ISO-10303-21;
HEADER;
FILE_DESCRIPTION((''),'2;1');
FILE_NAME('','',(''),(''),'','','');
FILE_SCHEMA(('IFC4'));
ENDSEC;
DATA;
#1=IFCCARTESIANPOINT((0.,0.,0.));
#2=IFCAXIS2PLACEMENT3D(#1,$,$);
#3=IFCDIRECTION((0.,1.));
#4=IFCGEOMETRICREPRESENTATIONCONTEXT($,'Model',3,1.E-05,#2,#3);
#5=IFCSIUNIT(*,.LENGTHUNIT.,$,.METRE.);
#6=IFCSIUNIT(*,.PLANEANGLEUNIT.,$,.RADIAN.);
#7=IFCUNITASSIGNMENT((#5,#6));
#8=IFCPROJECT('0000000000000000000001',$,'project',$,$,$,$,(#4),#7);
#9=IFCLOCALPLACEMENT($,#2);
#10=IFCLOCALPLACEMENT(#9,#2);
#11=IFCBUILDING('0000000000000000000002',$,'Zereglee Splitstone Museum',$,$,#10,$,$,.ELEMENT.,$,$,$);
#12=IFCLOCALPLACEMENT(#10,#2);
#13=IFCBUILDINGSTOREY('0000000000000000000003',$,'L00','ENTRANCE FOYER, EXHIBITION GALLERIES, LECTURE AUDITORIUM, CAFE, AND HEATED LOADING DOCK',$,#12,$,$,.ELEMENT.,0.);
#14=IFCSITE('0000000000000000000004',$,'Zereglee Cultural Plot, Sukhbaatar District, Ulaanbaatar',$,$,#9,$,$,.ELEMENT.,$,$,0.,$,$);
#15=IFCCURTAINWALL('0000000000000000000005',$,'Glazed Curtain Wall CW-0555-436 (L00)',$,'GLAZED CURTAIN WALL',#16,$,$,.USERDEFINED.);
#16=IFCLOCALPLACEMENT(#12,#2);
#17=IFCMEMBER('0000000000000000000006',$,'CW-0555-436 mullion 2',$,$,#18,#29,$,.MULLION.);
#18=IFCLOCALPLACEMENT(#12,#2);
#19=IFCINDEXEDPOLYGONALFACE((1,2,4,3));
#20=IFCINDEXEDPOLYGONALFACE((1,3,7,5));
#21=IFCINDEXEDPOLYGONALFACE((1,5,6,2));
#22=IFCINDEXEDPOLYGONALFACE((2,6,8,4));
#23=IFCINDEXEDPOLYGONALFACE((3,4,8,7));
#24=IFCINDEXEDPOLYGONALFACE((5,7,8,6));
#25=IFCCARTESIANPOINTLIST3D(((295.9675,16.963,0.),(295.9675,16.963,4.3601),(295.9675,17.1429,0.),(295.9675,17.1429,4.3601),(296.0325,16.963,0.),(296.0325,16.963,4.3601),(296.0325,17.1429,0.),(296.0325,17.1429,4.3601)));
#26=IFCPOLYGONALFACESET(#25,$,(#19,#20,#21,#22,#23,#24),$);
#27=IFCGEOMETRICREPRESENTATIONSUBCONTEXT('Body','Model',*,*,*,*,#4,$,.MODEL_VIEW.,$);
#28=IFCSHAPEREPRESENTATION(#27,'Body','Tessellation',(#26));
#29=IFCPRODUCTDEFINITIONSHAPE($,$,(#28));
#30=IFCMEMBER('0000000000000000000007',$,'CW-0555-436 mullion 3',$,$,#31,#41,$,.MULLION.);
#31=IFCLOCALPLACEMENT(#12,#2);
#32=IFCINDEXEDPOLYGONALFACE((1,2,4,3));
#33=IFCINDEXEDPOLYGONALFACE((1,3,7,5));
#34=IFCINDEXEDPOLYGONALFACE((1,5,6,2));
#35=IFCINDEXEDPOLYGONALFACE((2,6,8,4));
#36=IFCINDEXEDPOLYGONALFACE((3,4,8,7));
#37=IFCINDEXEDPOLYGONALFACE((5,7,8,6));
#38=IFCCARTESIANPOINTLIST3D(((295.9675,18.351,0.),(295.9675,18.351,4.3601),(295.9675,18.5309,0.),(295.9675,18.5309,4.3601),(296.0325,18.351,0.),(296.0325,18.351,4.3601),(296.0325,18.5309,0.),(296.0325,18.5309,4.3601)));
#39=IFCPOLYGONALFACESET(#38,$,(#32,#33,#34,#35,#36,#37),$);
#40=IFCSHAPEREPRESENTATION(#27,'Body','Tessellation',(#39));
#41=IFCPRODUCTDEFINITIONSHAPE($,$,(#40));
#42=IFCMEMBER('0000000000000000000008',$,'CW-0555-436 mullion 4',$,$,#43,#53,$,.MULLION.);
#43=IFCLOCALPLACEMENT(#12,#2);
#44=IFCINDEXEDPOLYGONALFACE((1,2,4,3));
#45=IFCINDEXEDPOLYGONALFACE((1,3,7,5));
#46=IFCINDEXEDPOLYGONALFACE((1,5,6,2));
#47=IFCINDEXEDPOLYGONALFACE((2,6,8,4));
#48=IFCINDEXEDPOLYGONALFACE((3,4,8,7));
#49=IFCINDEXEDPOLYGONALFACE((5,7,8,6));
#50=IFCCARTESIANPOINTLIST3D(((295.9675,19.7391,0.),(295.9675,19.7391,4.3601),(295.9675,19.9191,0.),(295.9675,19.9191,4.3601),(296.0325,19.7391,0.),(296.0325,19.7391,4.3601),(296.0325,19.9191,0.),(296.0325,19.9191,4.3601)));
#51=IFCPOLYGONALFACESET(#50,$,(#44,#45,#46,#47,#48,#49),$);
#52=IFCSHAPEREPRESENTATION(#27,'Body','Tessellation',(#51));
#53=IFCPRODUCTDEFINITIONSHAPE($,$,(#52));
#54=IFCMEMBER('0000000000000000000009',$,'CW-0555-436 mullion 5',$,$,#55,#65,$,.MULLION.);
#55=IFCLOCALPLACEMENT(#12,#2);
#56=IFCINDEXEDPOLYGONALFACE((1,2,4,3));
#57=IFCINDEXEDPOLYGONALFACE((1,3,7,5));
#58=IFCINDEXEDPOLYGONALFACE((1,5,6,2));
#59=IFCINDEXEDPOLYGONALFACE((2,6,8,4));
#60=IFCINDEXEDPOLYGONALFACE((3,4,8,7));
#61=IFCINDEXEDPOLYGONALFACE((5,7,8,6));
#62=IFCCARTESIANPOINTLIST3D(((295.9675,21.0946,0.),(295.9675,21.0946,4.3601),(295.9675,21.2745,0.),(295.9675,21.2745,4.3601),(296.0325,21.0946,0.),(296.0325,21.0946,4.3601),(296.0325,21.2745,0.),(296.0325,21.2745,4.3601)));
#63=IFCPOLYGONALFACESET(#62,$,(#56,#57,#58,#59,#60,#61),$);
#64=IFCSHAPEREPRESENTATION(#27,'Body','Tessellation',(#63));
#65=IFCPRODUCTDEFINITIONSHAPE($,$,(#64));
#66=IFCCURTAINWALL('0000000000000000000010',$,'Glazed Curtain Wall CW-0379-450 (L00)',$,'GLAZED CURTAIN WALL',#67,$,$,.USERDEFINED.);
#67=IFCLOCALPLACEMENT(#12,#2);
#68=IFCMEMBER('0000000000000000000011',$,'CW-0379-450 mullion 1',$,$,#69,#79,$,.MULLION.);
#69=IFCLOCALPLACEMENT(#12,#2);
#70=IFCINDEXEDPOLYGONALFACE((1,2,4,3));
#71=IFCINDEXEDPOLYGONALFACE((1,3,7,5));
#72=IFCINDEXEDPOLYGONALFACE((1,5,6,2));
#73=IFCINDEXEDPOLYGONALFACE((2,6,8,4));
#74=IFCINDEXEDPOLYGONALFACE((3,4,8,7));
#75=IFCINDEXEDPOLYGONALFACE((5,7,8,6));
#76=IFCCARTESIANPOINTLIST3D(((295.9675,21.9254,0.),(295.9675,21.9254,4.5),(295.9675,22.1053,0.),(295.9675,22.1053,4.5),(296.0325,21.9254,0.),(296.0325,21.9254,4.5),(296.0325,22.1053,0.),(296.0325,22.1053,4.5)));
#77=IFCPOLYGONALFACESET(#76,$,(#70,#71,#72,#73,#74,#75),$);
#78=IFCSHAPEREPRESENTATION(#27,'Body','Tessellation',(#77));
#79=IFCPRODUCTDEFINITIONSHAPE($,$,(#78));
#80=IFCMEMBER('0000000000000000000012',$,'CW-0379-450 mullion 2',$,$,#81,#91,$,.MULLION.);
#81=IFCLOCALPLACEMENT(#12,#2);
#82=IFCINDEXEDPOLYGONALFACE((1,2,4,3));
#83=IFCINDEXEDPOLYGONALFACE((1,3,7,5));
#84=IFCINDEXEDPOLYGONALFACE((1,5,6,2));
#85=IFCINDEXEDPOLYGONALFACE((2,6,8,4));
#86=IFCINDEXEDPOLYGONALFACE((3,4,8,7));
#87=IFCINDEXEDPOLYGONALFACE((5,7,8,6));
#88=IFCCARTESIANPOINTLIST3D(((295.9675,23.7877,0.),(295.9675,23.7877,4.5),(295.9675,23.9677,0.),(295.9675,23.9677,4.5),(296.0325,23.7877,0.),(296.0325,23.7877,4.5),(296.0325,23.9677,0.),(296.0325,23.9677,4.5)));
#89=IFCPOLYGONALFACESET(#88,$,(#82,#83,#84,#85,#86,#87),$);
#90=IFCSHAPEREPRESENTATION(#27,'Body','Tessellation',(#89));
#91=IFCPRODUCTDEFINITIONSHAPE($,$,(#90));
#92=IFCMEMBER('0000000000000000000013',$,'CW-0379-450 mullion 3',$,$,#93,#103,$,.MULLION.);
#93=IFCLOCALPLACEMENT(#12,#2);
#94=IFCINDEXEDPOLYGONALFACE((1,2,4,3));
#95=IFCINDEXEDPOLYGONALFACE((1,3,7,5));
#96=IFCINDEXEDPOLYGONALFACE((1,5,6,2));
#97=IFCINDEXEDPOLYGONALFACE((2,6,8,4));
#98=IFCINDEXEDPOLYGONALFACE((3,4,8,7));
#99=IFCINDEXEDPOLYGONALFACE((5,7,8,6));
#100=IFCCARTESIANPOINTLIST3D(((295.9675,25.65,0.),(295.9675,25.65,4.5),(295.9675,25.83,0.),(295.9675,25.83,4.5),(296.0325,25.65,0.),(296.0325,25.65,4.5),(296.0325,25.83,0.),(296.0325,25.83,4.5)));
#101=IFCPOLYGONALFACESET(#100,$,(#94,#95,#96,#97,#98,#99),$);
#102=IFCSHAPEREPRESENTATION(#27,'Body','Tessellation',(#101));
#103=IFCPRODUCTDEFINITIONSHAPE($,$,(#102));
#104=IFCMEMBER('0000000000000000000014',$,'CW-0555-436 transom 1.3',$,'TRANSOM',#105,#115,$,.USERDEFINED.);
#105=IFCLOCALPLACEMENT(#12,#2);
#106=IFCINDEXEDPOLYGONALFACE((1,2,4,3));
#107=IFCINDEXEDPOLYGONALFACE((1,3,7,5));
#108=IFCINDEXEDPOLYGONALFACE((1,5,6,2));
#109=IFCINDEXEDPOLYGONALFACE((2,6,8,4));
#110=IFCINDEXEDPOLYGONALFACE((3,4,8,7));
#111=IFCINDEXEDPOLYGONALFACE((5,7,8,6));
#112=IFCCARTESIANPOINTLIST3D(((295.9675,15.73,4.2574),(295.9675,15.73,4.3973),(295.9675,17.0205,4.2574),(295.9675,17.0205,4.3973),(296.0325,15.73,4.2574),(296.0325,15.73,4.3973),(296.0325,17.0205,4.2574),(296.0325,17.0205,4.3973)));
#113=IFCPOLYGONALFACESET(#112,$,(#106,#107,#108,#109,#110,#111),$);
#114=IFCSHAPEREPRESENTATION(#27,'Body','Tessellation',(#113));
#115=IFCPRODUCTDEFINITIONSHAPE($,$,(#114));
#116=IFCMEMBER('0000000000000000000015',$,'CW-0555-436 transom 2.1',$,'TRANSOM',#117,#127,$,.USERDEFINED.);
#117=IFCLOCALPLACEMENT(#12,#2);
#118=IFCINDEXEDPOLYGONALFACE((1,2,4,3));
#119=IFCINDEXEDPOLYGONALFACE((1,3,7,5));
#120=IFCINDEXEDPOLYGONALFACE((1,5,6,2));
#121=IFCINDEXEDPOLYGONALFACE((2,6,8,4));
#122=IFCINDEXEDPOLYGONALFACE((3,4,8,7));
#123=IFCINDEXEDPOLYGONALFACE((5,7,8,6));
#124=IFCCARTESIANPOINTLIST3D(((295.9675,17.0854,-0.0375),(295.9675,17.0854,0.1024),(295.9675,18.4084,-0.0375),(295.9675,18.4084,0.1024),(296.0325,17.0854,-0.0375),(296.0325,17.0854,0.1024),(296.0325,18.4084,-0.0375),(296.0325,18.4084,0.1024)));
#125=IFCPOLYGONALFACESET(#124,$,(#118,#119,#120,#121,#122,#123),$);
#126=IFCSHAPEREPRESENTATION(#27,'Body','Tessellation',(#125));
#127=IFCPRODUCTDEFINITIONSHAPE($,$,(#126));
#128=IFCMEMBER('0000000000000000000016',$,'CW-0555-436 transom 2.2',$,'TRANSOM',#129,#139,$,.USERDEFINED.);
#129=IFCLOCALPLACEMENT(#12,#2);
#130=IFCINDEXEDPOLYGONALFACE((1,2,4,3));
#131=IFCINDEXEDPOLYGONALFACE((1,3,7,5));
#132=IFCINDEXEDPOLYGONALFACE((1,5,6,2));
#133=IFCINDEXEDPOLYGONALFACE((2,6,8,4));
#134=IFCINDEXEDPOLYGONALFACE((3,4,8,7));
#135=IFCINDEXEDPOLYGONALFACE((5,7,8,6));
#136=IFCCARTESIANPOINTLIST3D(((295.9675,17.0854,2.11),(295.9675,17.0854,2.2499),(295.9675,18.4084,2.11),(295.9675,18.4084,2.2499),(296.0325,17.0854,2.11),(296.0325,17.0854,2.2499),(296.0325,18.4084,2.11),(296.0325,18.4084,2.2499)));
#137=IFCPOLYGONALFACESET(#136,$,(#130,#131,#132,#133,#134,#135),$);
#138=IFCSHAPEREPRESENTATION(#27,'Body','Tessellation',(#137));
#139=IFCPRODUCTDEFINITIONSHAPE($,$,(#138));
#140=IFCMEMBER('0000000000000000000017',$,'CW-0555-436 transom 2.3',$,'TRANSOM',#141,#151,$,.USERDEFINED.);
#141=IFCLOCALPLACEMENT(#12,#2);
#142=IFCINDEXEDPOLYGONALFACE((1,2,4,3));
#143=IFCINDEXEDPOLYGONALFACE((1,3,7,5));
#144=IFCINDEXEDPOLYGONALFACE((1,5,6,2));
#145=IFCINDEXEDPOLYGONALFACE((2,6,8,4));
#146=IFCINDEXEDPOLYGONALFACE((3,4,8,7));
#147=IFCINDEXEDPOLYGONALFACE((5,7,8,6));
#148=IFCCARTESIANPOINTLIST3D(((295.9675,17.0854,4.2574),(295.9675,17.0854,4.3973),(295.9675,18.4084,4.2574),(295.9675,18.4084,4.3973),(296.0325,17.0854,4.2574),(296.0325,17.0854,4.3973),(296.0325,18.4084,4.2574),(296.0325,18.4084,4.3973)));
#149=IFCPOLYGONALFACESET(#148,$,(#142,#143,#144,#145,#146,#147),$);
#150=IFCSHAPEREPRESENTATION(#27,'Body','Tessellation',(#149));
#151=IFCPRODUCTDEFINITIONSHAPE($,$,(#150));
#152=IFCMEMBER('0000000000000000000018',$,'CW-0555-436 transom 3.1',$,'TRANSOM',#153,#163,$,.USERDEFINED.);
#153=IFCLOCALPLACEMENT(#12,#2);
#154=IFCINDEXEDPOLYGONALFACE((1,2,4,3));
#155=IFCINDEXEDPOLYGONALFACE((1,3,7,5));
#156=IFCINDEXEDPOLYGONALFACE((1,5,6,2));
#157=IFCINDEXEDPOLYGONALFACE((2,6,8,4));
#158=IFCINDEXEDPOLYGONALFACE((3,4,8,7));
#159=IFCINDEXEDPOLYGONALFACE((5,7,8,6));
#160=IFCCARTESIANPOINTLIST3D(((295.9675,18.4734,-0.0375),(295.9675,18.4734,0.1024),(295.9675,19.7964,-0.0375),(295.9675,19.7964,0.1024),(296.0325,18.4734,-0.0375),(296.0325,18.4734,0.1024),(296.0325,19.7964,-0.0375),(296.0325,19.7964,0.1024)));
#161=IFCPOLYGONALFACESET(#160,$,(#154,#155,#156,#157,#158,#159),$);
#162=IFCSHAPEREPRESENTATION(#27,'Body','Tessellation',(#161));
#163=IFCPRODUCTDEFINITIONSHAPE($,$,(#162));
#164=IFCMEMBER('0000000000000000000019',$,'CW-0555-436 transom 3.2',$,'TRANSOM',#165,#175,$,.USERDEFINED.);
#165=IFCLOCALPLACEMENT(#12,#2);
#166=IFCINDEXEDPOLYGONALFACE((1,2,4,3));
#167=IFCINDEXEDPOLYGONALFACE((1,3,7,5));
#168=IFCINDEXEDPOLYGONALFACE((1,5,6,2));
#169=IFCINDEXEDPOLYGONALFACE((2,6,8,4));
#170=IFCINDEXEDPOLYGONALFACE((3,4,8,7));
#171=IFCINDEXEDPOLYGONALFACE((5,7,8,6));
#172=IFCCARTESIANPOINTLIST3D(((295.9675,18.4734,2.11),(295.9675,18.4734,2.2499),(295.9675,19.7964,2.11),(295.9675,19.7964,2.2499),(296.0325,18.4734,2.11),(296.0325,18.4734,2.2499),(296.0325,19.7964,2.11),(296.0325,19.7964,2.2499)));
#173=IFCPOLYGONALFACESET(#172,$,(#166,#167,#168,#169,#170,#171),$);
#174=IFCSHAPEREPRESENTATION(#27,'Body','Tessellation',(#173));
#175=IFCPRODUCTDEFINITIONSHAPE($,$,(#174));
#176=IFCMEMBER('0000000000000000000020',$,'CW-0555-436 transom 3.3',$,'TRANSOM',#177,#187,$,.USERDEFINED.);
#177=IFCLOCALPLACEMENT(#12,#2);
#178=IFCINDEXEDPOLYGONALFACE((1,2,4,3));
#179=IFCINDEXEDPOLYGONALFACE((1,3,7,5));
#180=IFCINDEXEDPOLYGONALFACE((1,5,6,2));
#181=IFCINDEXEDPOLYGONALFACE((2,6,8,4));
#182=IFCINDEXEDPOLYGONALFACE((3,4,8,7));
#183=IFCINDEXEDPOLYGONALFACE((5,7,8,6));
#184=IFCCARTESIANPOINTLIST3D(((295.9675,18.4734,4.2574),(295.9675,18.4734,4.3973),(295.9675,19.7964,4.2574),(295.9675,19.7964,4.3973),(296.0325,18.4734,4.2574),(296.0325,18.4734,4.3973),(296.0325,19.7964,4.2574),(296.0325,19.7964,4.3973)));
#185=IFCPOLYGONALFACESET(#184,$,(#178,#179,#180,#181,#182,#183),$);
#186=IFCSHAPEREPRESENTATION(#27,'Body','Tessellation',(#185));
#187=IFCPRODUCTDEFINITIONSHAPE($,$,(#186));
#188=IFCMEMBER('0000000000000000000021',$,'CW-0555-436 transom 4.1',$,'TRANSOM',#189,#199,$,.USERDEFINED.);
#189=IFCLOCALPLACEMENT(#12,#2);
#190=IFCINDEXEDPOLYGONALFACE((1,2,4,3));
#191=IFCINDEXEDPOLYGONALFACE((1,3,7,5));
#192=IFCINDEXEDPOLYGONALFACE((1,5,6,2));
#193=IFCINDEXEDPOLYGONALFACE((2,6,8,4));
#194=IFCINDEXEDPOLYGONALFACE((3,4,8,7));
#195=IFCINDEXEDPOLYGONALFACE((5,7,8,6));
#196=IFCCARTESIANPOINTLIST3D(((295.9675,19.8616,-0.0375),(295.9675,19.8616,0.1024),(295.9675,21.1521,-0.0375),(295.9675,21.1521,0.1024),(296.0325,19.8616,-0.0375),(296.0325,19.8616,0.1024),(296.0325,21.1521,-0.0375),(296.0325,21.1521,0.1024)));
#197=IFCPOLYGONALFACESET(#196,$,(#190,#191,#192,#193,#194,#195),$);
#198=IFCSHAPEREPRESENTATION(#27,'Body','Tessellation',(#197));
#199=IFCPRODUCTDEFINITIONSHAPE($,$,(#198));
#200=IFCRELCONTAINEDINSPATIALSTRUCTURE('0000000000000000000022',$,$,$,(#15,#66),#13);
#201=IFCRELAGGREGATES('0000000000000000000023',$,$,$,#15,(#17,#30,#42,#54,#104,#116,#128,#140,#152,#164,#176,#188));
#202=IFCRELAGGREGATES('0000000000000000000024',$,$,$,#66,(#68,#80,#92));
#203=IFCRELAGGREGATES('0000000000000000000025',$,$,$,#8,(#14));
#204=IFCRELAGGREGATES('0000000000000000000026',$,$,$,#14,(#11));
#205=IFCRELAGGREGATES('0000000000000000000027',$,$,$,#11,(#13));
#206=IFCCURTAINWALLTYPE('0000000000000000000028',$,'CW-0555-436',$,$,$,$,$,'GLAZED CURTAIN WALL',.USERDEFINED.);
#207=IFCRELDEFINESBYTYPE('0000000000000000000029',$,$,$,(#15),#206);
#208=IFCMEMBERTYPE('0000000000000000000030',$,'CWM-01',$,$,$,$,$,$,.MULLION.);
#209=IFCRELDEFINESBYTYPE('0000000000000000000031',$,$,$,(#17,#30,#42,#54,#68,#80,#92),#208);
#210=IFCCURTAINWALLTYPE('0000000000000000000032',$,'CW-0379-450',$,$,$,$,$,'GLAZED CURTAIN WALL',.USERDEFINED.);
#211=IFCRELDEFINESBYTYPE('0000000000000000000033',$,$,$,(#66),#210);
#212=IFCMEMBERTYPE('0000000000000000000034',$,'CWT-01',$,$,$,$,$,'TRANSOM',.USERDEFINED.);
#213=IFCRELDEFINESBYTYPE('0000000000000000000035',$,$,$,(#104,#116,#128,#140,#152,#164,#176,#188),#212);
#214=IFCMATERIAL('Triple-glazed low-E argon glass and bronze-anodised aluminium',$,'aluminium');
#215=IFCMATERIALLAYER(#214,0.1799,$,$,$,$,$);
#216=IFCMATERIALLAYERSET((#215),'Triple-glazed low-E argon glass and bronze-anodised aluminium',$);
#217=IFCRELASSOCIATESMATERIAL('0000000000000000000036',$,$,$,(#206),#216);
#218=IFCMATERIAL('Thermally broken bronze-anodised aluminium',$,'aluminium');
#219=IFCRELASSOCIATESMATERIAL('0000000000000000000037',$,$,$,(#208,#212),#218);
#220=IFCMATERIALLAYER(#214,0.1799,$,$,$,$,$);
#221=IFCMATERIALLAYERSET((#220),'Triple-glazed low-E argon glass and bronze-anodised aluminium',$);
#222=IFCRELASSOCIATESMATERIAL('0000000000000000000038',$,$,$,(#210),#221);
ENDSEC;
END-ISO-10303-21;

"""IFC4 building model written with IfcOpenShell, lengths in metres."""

from ifc_helpers import new_model, si_unit, direction, frame, origin, origin_2d, place, context, subcontext, project, spatial, rectangle, extrude, material, layer, layer_set, material_profile, profile_set, type_object, element, aggregate, save


model = new_model("IFC4")

# Units and contexts
model_context = context("Model", 3, precision=1e-05, world=origin(), true_north=direction((0.0, 1.0)))
body_context = subcontext(model_context, "Body", "Model", "MODEL_VIEW")
ifc_project = project(units=[si_unit("LENGTHUNIT", "METRE"), si_unit("PLANEANGLEUNIT", "RADIAN")], contexts=[model_context])

# Site, building, storey
site_placement = place(None, origin())
site = spatial("IfcSite", under=ifc_project, at=site_placement, Name="Zereglee Cultural Plot, Sukhbaatar District, Ulaanbaatar", CompositionType="ELEMENT", RefElevation=0.0)
building_placement = place(site_placement, origin())
building = spatial("IfcBuilding", under=site, at=building_placement, Name="Zereglee Splitstone Museum", CompositionType="ELEMENT")
storey_placement = place(building_placement, origin())
storey = spatial("IfcBuildingStorey", under=building, at=storey_placement, Name="L00", Description="ENTRANCE FOYER, EXHIBITION GALLERIES, LECTURE AUDITORIUM, CAFE, AND HEATED LOADING DOCK", CompositionType="ELEMENT", Elevation=0.0)

# Curtain walls, members
ifc_material_1 = material(Name="Triple-glazed low-E argon glass and bronze-anodised aluminium", Category="aluminium")
ifc_layer_1 = layer(ifc_material_1, 0.1799)
ifc_layer_set_1 = layer_set([ifc_layer_1], Name="Triple-glazed low-E argon glass and bronze-anodised aluminium")
curtain_wall_type_1 = type_object("IfcCurtainWallType", Name="CW-0555-436", ElementType="GLAZED CURTAIN WALL", PredefinedType="USERDEFINED", material=ifc_layer_set_1)
curtain_wall_1_placement = place(storey_placement, origin())
curtain_wall_1 = element("IfcCurtainWall", 1, at=curtain_wall_1_placement, inside=storey, type_object=curtain_wall_type_1, Name="Glazed Curtain Wall CW-0555-436 (L00)", ObjectType="GLAZED CURTAIN WALL", PredefinedType="USERDEFINED")
ifc_material_2 = material(Name="Thermally broken bronze-anodised aluminium", Category="aluminium")
ifc_material_profile_1 = material_profile(ifc_material_2, rectangle(XDim=0.0649, YDim=0.1799, at=origin_2d()), Name="CW MULL 65x180")
ifc_profile_set_1 = profile_set([ifc_material_profile_1], Name="Thermally broken bronze-anodised aluminium")
member_type_1 = type_object("IfcMemberType", Name="CWM-01", PredefinedType="MULLION", material=ifc_profile_set_1)
member_1_placement = place(storey_placement, frame((296.0, 17.053, 0.0), z_axis=(0.0, 0.0, 1.0), x_axis=(-1.0, 0.0, 0.0)))
member_1 = element("IfcMember", 2, at=member_1_placement, type_object=member_type_1, Name="CW-0555-436 mullion 2", PredefinedType="MULLION", context=body_context, shape_type="SweptSolid", body=[
    extrude(rectangle(XDim=0.0649, YDim=0.1799, at=origin_2d()), origin(), (0.0, 0.0, 1.0), 4.3601),
])
member_2_placement = place(storey_placement, frame((296.0, 18.4409, 0.0), z_axis=(0.0, 0.0, 1.0), x_axis=(-1.0, 0.0, 0.0)))
member_2 = element("IfcMember", 3, at=member_2_placement, type_object=member_type_1, Name="CW-0555-436 mullion 3", PredefinedType="MULLION", context=body_context, shape_type="SweptSolid", body=[
    extrude(rectangle(XDim=0.0649, YDim=0.1799, at=origin_2d()), origin(), (0.0, 0.0, 1.0), 4.3601),
])
member_3_placement = place(storey_placement, frame((296.0, 19.8291, 0.0), z_axis=(0.0, 0.0, 1.0), x_axis=(-1.0, 0.0, 0.0)))
member_3 = element("IfcMember", 4, at=member_3_placement, type_object=member_type_1, Name="CW-0555-436 mullion 4", PredefinedType="MULLION", context=body_context, shape_type="SweptSolid", body=[
    extrude(rectangle(XDim=0.0649, YDim=0.1799, at=origin_2d()), origin(), (0.0, 0.0, 1.0), 4.3601),
])
member_4_placement = place(storey_placement, frame((296.0, 21.1846, 0.0), z_axis=(0.0, 0.0, 1.0), x_axis=(-1.0, 0.0, 0.0)))
member_4 = element("IfcMember", 5, at=member_4_placement, type_object=member_type_1, Name="CW-0555-436 mullion 5", PredefinedType="MULLION", context=body_context, shape_type="SweptSolid", body=[
    extrude(rectangle(XDim=0.0649, YDim=0.1799, at=origin_2d()), origin(), (0.0, 0.0, 1.0), 4.3601),
])
ifc_layer_2 = layer(ifc_material_1, 0.1799)
ifc_layer_set_2 = layer_set([ifc_layer_2], Name="Triple-glazed low-E argon glass and bronze-anodised aluminium")
curtain_wall_type_2 = type_object("IfcCurtainWallType", Name="CW-0379-450", ElementType="GLAZED CURTAIN WALL", PredefinedType="USERDEFINED", material=ifc_layer_set_2)
curtain_wall_2_placement = place(storey_placement, origin())
curtain_wall_2 = element("IfcCurtainWall", 6, at=curtain_wall_2_placement, inside=storey, type_object=curtain_wall_type_2, Name="Glazed Curtain Wall CW-0379-450 (L00)", ObjectType="GLAZED CURTAIN WALL", PredefinedType="USERDEFINED")
member_5_placement = place(storey_placement, frame((296.0, 22.0154, 0.0), z_axis=(0.0, 0.0, 1.0), x_axis=(-1.0, 0.0, 0.0)))
member_5 = element("IfcMember", 7, at=member_5_placement, type_object=member_type_1, Name="CW-0379-450 mullion 1", PredefinedType="MULLION", context=body_context, shape_type="SweptSolid", body=[
    extrude(rectangle(XDim=0.0649, YDim=0.1799, at=origin_2d()), origin(), (0.0, 0.0, 1.0), 4.5),
])
member_6_placement = place(storey_placement, frame((296.0, 23.8777, 0.0), z_axis=(0.0, 0.0, 1.0), x_axis=(-1.0, 0.0, 0.0)))
member_6 = element("IfcMember", 8, at=member_6_placement, type_object=member_type_1, Name="CW-0379-450 mullion 2", PredefinedType="MULLION", context=body_context, shape_type="SweptSolid", body=[
    extrude(rectangle(XDim=0.0649, YDim=0.1799, at=origin_2d()), origin(), (0.0, 0.0, 1.0), 4.5),
])
member_7_placement = place(storey_placement, frame((296.0, 25.74, 0.0), z_axis=(0.0, 0.0, 1.0), x_axis=(-1.0, 0.0, 0.0)))
member_7 = element("IfcMember", 9, at=member_7_placement, type_object=member_type_1, Name="CW-0379-450 mullion 3", PredefinedType="MULLION", context=body_context, shape_type="SweptSolid", body=[
    extrude(rectangle(XDim=0.0649, YDim=0.1799, at=origin_2d()), origin(), (0.0, 0.0, 1.0), 4.5),
])

# Members
ifc_material_profile_2 = material_profile(ifc_material_2, rectangle(XDim=0.0649, YDim=0.1399, at=origin_2d()), Name="CW TRAN 65x140")
ifc_profile_set_2 = profile_set([ifc_material_profile_2], Name="Thermally broken bronze-anodised aluminium")
member_type_2 = type_object("IfcMemberType", Name="CWT-01", ElementType="TRANSOM", PredefinedType="USERDEFINED", material=ifc_profile_set_2)
member_8_placement = place(storey_placement, frame((296.0, 15.73, 4.3274), z_axis=(0.0, 1.0, 0.0), x_axis=(-1.0, 0.0, 0.0)))
member_8 = element("IfcMember", 10, at=member_8_placement, type_object=member_type_2, Name="CW-0555-436 transom 1.3", ObjectType="TRANSOM", PredefinedType="USERDEFINED", context=body_context, shape_type="SweptSolid", body=[
    extrude(rectangle(XDim=0.0649, YDim=0.1399, at=origin_2d()), origin(), (0.0, 0.0, 1.0), 1.2905),
])
member_9_placement = place(storey_placement, frame((296.0, 17.0854, 0.0325), z_axis=(0.0, 1.0, 0.0), x_axis=(-1.0, 0.0, 0.0)))
member_9 = element("IfcMember", 11, at=member_9_placement, type_object=member_type_2, Name="CW-0555-436 transom 2.1", ObjectType="TRANSOM", PredefinedType="USERDEFINED", context=body_context, shape_type="SweptSolid", body=[
    extrude(rectangle(XDim=0.0649, YDim=0.1399, at=origin_2d()), origin(), (0.0, 0.0, 1.0), 1.323),
])
member_10_placement = place(storey_placement, frame((296.0, 17.0854, 2.1799), z_axis=(0.0, 1.0, 0.0), x_axis=(-1.0, 0.0, 0.0)))
member_10 = element("IfcMember", 12, at=member_10_placement, type_object=member_type_2, Name="CW-0555-436 transom 2.2", ObjectType="TRANSOM", PredefinedType="USERDEFINED", context=body_context, shape_type="SweptSolid", body=[
    extrude(rectangle(XDim=0.0649, YDim=0.1399, at=origin_2d()), origin(), (0.0, 0.0, 1.0), 1.323),
])
member_11_placement = place(storey_placement, frame((296.0, 17.0854, 4.3274), z_axis=(0.0, 1.0, 0.0), x_axis=(-1.0, 0.0, 0.0)))
member_11 = element("IfcMember", 13, at=member_11_placement, type_object=member_type_2, Name="CW-0555-436 transom 2.3", ObjectType="TRANSOM", PredefinedType="USERDEFINED", context=body_context, shape_type="SweptSolid", body=[
    extrude(rectangle(XDim=0.0649, YDim=0.1399, at=origin_2d()), origin(), (0.0, 0.0, 1.0), 1.323),
])
member_12_placement = place(storey_placement, frame((296.0, 18.4734, 0.0325), z_axis=(0.0, 1.0, 0.0), x_axis=(-1.0, 0.0, 0.0)))
member_12 = element("IfcMember", 14, at=member_12_placement, type_object=member_type_2, Name="CW-0555-436 transom 3.1", ObjectType="TRANSOM", PredefinedType="USERDEFINED", context=body_context, shape_type="SweptSolid", body=[
    extrude(rectangle(XDim=0.0649, YDim=0.1399, at=origin_2d()), origin(), (0.0, 0.0, 1.0), 1.323),
])
member_13_placement = place(storey_placement, frame((296.0, 18.4734, 2.1799), z_axis=(0.0, 1.0, 0.0), x_axis=(-1.0, 0.0, 0.0)))
member_13 = element("IfcMember", 15, at=member_13_placement, type_object=member_type_2, Name="CW-0555-436 transom 3.2", ObjectType="TRANSOM", PredefinedType="USERDEFINED", context=body_context, shape_type="SweptSolid", body=[
    extrude(rectangle(XDim=0.0649, YDim=0.1399, at=origin_2d()), origin(), (0.0, 0.0, 1.0), 1.323),
])
member_14_placement = place(storey_placement, frame((296.0, 18.4734, 4.3274), z_axis=(0.0, 1.0, 0.0), x_axis=(-1.0, 0.0, 0.0)))
member_14 = element("IfcMember", 16, at=member_14_placement, type_object=member_type_2, Name="CW-0555-436 transom 3.3", ObjectType="TRANSOM", PredefinedType="USERDEFINED", context=body_context, shape_type="SweptSolid", body=[
    extrude(rectangle(XDim=0.0649, YDim=0.1399, at=origin_2d()), origin(), (0.0, 0.0, 1.0), 1.323),
])
member_15_placement = place(storey_placement, frame((296.0, 19.8616, 0.0325), z_axis=(0.0, 1.0, 0.0), x_axis=(-1.0, 0.0, 0.0)))
member_15 = element("IfcMember", 17, at=member_15_placement, type_object=member_type_2, Name="CW-0555-436 transom 4.1", ObjectType="TRANSOM", PredefinedType="USERDEFINED", context=body_context, shape_type="SweptSolid", body=[
    extrude(rectangle(XDim=0.0649, YDim=0.1399, at=origin_2d()), origin(), (0.0, 0.0, 1.0), 1.2905),
])

aggregate(curtain_wall_1, [member_1, member_2, member_3, member_4, member_8, member_9, member_10, member_11, member_12, member_13, member_14, member_15])
aggregate(curtain_wall_2, [member_5, member_6, member_7])

save(model, "model.ifc")
